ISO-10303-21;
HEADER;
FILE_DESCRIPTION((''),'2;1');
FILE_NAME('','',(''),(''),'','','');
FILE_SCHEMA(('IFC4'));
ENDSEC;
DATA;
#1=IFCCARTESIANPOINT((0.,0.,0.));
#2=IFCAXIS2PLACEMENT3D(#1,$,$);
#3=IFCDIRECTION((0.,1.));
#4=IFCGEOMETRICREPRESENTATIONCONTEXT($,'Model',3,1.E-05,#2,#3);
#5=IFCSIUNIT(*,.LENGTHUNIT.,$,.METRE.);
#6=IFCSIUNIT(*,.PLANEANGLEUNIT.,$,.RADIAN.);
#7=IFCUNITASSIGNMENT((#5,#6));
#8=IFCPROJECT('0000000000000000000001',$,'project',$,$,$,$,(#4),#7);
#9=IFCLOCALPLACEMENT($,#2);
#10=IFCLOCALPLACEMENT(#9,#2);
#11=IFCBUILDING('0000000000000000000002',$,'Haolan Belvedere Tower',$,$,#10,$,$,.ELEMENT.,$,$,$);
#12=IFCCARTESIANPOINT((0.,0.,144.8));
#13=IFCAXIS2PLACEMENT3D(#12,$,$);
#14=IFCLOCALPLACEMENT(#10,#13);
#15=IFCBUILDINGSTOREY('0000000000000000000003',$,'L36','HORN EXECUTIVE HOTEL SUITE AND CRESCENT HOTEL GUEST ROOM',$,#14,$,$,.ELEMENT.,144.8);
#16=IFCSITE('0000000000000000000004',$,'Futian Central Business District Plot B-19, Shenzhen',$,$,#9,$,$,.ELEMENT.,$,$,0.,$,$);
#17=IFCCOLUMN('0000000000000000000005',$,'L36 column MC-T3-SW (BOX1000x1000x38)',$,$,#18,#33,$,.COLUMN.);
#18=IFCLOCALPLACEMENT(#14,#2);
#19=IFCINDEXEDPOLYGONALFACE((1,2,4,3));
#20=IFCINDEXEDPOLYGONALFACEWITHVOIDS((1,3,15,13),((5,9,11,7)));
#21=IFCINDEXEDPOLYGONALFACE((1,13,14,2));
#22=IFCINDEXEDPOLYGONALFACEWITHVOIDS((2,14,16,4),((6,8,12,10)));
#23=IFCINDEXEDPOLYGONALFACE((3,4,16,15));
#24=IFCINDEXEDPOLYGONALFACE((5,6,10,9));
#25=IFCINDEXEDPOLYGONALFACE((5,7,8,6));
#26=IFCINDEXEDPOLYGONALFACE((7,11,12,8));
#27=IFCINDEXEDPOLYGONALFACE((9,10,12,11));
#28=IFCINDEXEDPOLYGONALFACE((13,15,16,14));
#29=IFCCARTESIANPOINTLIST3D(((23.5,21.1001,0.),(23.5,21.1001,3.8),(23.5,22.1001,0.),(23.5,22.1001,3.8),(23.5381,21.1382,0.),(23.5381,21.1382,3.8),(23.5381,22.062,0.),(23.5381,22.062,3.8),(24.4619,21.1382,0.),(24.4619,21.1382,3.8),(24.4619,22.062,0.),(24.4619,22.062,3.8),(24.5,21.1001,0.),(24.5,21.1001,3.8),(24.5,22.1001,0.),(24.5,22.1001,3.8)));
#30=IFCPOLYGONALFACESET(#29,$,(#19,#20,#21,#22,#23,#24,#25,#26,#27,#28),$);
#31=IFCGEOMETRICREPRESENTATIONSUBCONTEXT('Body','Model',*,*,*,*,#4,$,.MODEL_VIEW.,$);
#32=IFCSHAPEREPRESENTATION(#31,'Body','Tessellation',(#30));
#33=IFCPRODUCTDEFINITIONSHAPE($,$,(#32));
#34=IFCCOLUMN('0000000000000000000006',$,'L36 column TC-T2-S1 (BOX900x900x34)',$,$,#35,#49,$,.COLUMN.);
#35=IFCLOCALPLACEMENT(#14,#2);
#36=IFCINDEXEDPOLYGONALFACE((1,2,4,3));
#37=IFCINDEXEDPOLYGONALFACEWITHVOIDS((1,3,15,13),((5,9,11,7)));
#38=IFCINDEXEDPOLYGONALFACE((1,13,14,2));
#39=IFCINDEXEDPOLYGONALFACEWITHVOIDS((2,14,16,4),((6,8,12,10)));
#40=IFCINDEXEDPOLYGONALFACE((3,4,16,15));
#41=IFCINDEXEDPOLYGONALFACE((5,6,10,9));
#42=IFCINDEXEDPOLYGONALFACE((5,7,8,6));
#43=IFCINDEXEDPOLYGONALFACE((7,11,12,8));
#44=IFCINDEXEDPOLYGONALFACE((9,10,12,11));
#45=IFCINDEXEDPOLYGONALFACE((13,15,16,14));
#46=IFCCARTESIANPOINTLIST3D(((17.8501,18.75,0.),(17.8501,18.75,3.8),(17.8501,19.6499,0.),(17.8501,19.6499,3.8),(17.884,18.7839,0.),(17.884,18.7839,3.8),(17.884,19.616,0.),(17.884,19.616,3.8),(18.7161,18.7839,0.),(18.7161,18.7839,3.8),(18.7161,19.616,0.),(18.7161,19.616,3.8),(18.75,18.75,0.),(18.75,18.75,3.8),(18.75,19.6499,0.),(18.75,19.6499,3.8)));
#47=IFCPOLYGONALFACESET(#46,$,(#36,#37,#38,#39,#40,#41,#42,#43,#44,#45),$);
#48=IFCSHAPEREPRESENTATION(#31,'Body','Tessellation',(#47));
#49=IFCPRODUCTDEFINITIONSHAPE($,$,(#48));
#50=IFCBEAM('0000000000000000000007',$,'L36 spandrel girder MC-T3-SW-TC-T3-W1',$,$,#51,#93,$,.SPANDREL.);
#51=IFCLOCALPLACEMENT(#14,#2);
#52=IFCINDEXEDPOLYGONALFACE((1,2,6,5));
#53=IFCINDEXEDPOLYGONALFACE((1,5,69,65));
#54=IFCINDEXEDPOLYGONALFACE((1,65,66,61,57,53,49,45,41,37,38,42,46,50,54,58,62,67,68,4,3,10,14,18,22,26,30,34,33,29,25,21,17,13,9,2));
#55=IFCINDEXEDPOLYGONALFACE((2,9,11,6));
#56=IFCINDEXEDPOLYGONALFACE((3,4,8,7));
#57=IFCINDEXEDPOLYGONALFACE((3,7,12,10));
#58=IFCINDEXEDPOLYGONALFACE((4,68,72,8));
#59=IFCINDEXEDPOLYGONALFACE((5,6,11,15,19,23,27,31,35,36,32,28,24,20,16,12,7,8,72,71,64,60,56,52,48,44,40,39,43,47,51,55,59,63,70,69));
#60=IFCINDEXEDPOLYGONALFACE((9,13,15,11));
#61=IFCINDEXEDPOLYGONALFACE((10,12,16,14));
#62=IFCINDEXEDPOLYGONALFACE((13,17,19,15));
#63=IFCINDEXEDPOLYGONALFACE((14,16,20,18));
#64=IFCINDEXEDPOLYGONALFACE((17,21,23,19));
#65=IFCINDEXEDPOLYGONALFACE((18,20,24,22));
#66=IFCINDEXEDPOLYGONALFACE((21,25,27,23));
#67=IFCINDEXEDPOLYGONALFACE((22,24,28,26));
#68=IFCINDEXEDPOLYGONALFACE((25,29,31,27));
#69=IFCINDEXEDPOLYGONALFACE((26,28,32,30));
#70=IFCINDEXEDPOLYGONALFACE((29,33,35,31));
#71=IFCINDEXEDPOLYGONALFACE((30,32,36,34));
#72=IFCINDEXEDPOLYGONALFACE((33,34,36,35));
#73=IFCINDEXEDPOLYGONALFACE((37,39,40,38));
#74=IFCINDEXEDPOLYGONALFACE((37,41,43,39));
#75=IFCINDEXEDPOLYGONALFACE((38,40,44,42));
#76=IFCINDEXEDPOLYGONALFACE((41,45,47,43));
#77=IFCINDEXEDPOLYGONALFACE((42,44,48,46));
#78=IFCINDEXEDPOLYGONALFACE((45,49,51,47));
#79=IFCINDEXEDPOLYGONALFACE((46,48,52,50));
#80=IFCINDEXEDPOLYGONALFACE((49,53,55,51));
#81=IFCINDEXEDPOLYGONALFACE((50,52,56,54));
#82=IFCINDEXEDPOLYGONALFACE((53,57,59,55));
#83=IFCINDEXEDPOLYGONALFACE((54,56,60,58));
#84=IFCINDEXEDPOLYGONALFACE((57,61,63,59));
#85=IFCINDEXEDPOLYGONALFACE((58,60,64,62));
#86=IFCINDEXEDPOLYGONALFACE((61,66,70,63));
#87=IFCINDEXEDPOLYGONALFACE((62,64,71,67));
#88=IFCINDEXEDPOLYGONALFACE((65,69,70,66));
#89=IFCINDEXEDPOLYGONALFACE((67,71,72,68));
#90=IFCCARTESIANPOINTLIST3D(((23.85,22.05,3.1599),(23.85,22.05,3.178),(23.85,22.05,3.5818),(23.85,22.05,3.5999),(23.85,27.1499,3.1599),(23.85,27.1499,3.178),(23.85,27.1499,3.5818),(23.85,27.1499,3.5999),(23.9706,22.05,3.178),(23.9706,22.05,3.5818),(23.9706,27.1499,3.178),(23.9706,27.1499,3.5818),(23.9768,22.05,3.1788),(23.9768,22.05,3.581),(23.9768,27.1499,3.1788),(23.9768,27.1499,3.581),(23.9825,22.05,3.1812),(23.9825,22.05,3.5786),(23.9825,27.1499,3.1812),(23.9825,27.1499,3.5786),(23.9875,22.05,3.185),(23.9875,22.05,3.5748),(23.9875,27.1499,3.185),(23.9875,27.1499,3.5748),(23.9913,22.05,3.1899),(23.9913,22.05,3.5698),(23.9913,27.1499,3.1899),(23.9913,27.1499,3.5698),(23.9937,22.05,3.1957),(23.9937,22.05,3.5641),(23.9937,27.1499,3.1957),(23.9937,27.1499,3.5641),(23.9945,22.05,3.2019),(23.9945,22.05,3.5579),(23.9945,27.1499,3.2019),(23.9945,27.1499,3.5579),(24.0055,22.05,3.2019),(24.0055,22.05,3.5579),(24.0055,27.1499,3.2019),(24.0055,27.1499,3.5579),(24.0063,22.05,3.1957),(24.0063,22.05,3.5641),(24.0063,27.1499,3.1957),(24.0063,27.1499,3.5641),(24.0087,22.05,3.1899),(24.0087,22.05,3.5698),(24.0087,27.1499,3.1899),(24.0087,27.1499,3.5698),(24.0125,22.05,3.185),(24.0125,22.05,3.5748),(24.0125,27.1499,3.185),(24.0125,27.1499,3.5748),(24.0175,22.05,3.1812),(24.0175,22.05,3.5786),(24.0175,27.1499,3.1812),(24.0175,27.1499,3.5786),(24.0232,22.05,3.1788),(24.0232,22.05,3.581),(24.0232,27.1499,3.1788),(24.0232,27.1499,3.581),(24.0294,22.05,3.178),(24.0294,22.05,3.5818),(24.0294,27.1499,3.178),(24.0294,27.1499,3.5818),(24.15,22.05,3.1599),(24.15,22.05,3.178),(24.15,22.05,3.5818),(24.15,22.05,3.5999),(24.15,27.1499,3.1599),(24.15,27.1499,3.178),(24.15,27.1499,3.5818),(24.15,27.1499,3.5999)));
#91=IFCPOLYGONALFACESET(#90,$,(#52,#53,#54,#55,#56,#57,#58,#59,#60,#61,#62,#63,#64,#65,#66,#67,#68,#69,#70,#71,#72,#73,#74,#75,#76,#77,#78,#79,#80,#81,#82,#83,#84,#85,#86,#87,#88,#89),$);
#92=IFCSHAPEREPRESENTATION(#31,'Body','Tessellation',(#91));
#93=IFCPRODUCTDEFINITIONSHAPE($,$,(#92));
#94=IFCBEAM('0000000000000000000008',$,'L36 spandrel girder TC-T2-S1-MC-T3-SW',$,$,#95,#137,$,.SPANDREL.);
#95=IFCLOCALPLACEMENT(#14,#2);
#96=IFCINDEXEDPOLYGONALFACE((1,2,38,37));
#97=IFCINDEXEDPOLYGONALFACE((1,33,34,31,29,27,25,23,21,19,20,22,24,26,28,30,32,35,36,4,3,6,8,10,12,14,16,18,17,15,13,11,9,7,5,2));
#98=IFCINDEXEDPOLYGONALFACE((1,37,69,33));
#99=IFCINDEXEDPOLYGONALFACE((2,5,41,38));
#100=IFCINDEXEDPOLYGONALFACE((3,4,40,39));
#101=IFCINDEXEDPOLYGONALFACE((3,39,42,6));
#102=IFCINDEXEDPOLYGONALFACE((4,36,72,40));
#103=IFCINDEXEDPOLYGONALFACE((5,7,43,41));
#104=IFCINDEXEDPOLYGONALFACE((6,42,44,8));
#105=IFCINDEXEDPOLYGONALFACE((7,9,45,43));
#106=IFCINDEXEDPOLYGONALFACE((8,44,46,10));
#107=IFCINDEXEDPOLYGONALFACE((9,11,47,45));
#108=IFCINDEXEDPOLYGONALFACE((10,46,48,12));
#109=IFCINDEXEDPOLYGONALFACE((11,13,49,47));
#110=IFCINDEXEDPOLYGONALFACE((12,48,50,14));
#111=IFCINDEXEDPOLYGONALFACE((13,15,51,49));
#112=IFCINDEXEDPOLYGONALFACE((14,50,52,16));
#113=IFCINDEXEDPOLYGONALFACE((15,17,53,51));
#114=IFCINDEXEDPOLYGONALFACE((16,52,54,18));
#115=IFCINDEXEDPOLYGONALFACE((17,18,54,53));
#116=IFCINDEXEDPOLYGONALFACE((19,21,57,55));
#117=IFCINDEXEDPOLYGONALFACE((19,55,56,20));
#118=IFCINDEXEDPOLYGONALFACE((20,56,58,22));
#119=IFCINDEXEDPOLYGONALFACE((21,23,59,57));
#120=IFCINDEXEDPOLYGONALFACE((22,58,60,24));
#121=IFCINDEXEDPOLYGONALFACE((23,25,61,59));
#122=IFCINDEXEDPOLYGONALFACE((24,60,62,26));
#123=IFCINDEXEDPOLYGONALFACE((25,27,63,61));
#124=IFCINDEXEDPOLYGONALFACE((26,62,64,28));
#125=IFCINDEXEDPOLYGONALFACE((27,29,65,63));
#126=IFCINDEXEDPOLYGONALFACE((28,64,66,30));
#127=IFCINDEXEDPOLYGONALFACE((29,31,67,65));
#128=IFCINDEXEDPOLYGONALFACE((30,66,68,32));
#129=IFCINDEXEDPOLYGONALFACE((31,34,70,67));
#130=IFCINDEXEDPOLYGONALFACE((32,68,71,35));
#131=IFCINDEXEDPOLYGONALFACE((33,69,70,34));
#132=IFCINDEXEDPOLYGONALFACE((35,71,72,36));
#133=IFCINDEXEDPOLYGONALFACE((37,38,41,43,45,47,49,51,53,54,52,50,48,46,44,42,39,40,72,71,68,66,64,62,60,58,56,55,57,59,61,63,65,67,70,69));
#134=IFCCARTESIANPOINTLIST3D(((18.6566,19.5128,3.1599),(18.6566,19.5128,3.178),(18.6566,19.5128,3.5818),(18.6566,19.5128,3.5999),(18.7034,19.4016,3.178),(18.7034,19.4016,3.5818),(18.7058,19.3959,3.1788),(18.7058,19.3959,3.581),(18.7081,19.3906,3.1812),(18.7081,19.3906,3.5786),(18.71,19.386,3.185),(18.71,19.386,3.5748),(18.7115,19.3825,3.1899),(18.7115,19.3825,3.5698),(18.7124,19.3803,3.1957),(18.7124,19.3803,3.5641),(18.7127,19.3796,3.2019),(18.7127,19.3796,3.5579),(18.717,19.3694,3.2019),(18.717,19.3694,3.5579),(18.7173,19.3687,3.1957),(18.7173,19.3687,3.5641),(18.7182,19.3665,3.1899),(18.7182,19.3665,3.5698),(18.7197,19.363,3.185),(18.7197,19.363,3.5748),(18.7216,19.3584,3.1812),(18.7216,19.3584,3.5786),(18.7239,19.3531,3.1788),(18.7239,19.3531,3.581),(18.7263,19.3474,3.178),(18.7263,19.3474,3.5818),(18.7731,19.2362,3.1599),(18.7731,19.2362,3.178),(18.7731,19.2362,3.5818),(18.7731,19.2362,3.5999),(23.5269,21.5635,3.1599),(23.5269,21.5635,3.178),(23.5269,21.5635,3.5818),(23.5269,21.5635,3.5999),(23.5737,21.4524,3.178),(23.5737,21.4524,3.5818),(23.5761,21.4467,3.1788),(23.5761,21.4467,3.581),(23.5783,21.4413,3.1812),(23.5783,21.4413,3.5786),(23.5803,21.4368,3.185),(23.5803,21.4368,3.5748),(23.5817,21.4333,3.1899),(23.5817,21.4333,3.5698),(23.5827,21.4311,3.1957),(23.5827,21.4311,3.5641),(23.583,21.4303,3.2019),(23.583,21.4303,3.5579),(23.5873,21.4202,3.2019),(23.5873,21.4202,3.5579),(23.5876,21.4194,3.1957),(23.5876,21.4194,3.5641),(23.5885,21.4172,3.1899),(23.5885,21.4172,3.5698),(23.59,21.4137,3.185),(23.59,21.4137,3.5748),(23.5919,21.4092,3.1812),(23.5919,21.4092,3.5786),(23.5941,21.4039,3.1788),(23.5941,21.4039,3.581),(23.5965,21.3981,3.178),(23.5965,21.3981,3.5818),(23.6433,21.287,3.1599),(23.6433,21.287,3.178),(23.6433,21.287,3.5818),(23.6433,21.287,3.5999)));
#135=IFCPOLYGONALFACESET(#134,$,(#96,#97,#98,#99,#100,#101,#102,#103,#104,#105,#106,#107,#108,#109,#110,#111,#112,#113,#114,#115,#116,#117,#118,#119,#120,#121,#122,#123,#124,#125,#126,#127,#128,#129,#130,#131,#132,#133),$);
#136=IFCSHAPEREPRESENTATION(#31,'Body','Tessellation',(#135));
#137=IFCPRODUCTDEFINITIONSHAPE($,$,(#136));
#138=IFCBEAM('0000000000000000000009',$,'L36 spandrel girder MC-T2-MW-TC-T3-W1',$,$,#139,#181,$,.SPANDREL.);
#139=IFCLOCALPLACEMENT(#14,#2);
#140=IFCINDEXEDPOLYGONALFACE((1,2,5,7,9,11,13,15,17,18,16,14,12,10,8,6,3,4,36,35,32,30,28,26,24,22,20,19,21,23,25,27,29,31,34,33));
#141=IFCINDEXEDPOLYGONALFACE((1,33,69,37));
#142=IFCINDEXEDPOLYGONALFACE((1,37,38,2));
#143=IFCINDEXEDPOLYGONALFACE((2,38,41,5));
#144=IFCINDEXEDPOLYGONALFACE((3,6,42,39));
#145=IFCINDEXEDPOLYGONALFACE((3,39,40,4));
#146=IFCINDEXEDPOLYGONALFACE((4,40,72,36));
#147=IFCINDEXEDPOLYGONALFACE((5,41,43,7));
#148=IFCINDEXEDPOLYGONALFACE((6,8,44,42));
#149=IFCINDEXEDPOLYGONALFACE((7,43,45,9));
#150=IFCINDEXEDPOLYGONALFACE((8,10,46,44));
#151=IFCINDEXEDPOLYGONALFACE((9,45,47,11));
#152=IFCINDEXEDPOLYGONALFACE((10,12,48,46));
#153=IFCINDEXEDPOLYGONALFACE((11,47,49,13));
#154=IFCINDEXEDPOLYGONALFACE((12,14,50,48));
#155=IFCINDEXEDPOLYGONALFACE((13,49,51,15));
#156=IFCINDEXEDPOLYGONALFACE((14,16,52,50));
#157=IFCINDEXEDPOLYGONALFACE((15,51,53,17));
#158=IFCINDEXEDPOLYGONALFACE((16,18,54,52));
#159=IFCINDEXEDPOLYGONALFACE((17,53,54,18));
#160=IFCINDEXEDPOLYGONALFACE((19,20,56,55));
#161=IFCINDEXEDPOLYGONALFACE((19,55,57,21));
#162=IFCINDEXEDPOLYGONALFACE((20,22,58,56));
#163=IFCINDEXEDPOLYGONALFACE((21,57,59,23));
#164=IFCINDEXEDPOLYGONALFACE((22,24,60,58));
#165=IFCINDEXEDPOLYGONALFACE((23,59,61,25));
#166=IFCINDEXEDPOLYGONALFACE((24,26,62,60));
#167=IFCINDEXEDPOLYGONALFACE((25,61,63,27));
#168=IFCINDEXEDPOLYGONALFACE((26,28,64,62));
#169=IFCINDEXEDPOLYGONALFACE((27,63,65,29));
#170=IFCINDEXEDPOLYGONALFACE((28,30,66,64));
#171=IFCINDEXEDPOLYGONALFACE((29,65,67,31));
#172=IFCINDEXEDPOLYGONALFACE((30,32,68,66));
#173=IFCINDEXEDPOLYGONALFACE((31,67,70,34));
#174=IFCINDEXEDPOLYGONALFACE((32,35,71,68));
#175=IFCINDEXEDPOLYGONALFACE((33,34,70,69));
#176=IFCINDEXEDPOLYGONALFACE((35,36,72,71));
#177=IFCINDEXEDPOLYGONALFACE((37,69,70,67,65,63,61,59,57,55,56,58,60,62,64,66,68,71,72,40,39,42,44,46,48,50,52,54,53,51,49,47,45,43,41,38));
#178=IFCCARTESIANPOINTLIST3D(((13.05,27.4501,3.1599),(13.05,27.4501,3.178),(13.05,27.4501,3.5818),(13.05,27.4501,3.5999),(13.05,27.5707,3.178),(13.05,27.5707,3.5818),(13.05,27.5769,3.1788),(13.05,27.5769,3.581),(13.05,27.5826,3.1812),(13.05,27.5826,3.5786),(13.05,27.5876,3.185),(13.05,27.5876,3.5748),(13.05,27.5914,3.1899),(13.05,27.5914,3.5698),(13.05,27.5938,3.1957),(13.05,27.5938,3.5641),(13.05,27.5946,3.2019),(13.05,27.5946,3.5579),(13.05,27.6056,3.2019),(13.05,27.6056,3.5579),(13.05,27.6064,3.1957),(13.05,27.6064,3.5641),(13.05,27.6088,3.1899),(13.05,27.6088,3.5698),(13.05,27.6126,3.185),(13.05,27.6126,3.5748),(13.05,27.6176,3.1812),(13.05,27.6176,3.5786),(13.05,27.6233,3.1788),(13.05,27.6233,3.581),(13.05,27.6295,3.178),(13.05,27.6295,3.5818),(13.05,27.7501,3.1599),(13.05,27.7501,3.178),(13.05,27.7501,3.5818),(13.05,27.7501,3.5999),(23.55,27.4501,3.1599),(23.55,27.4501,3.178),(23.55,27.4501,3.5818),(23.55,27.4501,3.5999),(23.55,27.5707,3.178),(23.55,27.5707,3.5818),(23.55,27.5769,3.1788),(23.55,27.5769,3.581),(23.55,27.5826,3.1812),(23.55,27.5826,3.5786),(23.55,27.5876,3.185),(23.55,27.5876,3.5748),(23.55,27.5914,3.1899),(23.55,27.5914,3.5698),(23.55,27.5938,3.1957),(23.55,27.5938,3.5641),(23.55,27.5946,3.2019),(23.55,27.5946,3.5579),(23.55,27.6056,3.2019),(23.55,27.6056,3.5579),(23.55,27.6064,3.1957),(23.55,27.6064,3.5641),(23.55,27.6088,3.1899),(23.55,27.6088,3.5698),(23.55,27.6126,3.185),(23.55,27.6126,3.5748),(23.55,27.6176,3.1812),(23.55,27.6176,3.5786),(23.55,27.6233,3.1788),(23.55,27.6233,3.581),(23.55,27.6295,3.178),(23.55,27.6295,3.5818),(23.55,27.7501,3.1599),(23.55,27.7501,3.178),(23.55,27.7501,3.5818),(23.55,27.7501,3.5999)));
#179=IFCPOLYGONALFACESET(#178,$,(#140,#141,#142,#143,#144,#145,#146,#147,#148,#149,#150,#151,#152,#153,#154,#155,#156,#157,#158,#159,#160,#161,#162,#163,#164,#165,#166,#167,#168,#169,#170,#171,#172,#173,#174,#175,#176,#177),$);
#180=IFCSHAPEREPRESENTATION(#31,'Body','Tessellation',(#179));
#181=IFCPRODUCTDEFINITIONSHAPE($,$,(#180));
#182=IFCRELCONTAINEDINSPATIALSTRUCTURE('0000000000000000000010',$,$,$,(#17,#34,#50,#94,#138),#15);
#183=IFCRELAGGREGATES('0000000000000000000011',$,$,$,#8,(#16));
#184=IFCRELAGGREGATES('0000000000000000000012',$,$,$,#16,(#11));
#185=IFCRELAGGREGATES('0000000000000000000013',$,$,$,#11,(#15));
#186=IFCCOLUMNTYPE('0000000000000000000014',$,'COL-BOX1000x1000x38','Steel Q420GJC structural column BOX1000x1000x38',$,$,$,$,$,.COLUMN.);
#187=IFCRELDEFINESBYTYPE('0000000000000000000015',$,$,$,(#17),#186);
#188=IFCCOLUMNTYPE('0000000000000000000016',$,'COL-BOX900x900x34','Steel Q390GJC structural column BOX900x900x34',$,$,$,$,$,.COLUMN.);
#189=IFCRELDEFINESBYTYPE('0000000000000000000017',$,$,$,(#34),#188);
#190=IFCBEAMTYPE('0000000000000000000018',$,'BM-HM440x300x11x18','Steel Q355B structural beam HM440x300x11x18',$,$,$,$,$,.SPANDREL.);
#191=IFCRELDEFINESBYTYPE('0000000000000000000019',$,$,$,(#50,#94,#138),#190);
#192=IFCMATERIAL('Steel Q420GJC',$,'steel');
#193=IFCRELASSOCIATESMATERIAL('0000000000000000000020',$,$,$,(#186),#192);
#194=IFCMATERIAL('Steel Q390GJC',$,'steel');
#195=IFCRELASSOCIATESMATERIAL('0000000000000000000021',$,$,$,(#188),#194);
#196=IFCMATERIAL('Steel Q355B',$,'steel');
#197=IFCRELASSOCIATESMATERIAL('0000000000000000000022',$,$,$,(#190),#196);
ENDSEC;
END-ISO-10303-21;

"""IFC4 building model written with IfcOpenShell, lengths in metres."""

from ifc_helpers import new_model, si_unit, direction, frame, origin, origin_2d, place, context, subcontext, project, spatial, hollow_rectangle, i_section, extrude, material, material_profile, profile_set, type_object, element, save


model = new_model("IFC4")

# Units and contexts
model_context = context("Model", 3, precision=1e-05, world=origin(), true_north=direction((0.0, 1.0)))
body_context = subcontext(model_context, "Body", "Model", "MODEL_VIEW")
ifc_project = project(units=[si_unit("LENGTHUNIT", "METRE"), si_unit("PLANEANGLEUNIT", "RADIAN")], contexts=[model_context])

# Site, building, storey
site_placement = place(None, origin())
site = spatial("IfcSite", under=ifc_project, at=site_placement, Name="Futian Central Business District Plot B-19, Shenzhen", CompositionType="ELEMENT", RefElevation=0.0)
building_placement = place(site_placement, origin())
building = spatial("IfcBuilding", under=site, at=building_placement, Name="Haolan Belvedere Tower", CompositionType="ELEMENT")
storey_placement = place(building_placement, frame((0.0, 0.0, 144.8)))
storey = spatial("IfcBuildingStorey", under=building, at=storey_placement, Name="L36", Description="HORN EXECUTIVE HOTEL SUITE AND CRESCENT HOTEL GUEST ROOM", CompositionType="ELEMENT", Elevation=144.8)

# Columns
ifc_material_1 = material(Name="Steel Q420GJC", Category="steel")
ifc_material_profile_1 = material_profile(ifc_material_1, hollow_rectangle(XDim=1.0, YDim=1.0, WallThickness=0.0381, at=origin_2d()), Name="Steel Q420GJC")
ifc_profile_set_1 = profile_set([ifc_material_profile_1], Name="Steel Q420GJC")
column_type_1 = type_object("IfcColumnType", Name="COL-BOX1000x1000x38", Description="Steel Q420GJC structural column BOX1000x1000x38", PredefinedType="COLUMN", material=ifc_profile_set_1)
column_1_placement = place(storey_placement, frame((24.0, 21.6001, 0.0), z_axis=(0.0, 0.0, 1.0), x_axis=(1.0, 0.0, 0.0)))
element("IfcColumn", 1, at=column_1_placement, inside=storey, type_object=column_type_1, Name="L36 column MC-T3-SW (BOX1000x1000x38)", PredefinedType="COLUMN", context=body_context, shape_type="SweptSolid", body=[
    extrude(hollow_rectangle(XDim=1.0, YDim=1.0, WallThickness=0.0381, at=origin_2d()), origin(), (0.0, 0.0, 1.0), 3.8),
])
ifc_material_2 = material(Name="Steel Q390GJC", Category="steel")
ifc_material_profile_2 = material_profile(ifc_material_2, hollow_rectangle(XDim=0.8999, YDim=0.8999, WallThickness=0.0339, at=origin_2d()), Name="Steel Q390GJC")
ifc_profile_set_2 = profile_set([ifc_material_profile_2], Name="Steel Q390GJC")
column_type_2 = type_object("IfcColumnType", Name="COL-BOX900x900x34", Description="Steel Q390GJC structural column BOX900x900x34", PredefinedType="COLUMN", material=ifc_profile_set_2)
column_2_placement = place(storey_placement, frame((18.3, 19.2, 0.0), z_axis=(0.0, 0.0, 1.0), x_axis=(1.0, 0.0, 0.0)))
element("IfcColumn", 2, at=column_2_placement, inside=storey, type_object=column_type_2, Name="L36 column TC-T2-S1 (BOX900x900x34)", PredefinedType="COLUMN", context=body_context, shape_type="SweptSolid", body=[
    extrude(hollow_rectangle(XDim=0.8999, YDim=0.8999, WallThickness=0.0339, at=origin_2d()), origin(), (0.0, 0.0, 1.0), 3.8),
])

# Beams
ifc_material_3 = material(Name="Steel Q355B", Category="steel")
ifc_material_profile_3 = material_profile(ifc_material_3, i_section(OverallWidth=0.3, OverallDepth=0.4399, WebThickness=0.011, FlangeThickness=0.0181, FilletRadius=0.0239, at=origin_2d()), Name="Steel Q355B")
ifc_profile_set_3 = profile_set([ifc_material_profile_3], Name="Steel Q355B")
beam_type = type_object("IfcBeamType", Name="BM-HM440x300x11x18", Description="Steel Q355B structural beam HM440x300x11x18", PredefinedType="SPANDREL", material=ifc_profile_set_3)
beam_1_placement = place(storey_placement, frame((24.0, 22.05, 3.3799), z_axis=(0.0, 1.0, 0.0), x_axis=(-1.0, 0.0, 0.0)))
element("IfcBeam", 3, at=beam_1_placement, inside=storey, type_object=beam_type, Name="L36 spandrel girder MC-T3-SW-TC-T3-W1", PredefinedType="SPANDREL", context=body_context, shape_type="SweptSolid", body=[
    extrude(i_section(OverallWidth=0.3, OverallDepth=0.4399, WebThickness=0.011, FlangeThickness=0.0181, FilletRadius=0.0239, at=origin_2d()), origin(), (0.0, 0.0, 1.0), 5.0999),
])
beam_2_placement = place(storey_placement, frame((18.7148, 19.3745, 3.3799), z_axis=(0.921628, 0.388074, 0.0), x_axis=(-0.388074, 0.921628, 0.0)))
element("IfcBeam", 4, at=beam_2_placement, inside=storey, type_object=beam_type, Name="L36 spandrel girder TC-T2-S1-MC-T3-SW", PredefinedType="SPANDREL", context=body_context, shape_type="SweptSolid", body=[
    extrude(i_section(OverallWidth=0.3, OverallDepth=0.4399, WebThickness=0.011, FlangeThickness=0.0181, FilletRadius=0.0239, at=origin_2d()), origin(), (0.0, 0.0, 1.0), 5.2844),
])
beam_3_placement = place(storey_placement, frame((13.05, 27.6001, 3.3799), z_axis=(1.0, 0.0, 0.0), x_axis=(0.0, 1.0, 0.0)))
element("IfcBeam", 5, at=beam_3_placement, inside=storey, type_object=beam_type, Name="L36 spandrel girder MC-T2-MW-TC-T3-W1", PredefinedType="SPANDREL", context=body_context, shape_type="SweptSolid", body=[
    extrude(i_section(OverallWidth=0.3, OverallDepth=0.4399, WebThickness=0.011, FlangeThickness=0.0181, FilletRadius=0.0239, at=origin_2d()), origin(), (0.0, 0.0, 1.0), 10.5),
])

save(model, "model.ifc")
